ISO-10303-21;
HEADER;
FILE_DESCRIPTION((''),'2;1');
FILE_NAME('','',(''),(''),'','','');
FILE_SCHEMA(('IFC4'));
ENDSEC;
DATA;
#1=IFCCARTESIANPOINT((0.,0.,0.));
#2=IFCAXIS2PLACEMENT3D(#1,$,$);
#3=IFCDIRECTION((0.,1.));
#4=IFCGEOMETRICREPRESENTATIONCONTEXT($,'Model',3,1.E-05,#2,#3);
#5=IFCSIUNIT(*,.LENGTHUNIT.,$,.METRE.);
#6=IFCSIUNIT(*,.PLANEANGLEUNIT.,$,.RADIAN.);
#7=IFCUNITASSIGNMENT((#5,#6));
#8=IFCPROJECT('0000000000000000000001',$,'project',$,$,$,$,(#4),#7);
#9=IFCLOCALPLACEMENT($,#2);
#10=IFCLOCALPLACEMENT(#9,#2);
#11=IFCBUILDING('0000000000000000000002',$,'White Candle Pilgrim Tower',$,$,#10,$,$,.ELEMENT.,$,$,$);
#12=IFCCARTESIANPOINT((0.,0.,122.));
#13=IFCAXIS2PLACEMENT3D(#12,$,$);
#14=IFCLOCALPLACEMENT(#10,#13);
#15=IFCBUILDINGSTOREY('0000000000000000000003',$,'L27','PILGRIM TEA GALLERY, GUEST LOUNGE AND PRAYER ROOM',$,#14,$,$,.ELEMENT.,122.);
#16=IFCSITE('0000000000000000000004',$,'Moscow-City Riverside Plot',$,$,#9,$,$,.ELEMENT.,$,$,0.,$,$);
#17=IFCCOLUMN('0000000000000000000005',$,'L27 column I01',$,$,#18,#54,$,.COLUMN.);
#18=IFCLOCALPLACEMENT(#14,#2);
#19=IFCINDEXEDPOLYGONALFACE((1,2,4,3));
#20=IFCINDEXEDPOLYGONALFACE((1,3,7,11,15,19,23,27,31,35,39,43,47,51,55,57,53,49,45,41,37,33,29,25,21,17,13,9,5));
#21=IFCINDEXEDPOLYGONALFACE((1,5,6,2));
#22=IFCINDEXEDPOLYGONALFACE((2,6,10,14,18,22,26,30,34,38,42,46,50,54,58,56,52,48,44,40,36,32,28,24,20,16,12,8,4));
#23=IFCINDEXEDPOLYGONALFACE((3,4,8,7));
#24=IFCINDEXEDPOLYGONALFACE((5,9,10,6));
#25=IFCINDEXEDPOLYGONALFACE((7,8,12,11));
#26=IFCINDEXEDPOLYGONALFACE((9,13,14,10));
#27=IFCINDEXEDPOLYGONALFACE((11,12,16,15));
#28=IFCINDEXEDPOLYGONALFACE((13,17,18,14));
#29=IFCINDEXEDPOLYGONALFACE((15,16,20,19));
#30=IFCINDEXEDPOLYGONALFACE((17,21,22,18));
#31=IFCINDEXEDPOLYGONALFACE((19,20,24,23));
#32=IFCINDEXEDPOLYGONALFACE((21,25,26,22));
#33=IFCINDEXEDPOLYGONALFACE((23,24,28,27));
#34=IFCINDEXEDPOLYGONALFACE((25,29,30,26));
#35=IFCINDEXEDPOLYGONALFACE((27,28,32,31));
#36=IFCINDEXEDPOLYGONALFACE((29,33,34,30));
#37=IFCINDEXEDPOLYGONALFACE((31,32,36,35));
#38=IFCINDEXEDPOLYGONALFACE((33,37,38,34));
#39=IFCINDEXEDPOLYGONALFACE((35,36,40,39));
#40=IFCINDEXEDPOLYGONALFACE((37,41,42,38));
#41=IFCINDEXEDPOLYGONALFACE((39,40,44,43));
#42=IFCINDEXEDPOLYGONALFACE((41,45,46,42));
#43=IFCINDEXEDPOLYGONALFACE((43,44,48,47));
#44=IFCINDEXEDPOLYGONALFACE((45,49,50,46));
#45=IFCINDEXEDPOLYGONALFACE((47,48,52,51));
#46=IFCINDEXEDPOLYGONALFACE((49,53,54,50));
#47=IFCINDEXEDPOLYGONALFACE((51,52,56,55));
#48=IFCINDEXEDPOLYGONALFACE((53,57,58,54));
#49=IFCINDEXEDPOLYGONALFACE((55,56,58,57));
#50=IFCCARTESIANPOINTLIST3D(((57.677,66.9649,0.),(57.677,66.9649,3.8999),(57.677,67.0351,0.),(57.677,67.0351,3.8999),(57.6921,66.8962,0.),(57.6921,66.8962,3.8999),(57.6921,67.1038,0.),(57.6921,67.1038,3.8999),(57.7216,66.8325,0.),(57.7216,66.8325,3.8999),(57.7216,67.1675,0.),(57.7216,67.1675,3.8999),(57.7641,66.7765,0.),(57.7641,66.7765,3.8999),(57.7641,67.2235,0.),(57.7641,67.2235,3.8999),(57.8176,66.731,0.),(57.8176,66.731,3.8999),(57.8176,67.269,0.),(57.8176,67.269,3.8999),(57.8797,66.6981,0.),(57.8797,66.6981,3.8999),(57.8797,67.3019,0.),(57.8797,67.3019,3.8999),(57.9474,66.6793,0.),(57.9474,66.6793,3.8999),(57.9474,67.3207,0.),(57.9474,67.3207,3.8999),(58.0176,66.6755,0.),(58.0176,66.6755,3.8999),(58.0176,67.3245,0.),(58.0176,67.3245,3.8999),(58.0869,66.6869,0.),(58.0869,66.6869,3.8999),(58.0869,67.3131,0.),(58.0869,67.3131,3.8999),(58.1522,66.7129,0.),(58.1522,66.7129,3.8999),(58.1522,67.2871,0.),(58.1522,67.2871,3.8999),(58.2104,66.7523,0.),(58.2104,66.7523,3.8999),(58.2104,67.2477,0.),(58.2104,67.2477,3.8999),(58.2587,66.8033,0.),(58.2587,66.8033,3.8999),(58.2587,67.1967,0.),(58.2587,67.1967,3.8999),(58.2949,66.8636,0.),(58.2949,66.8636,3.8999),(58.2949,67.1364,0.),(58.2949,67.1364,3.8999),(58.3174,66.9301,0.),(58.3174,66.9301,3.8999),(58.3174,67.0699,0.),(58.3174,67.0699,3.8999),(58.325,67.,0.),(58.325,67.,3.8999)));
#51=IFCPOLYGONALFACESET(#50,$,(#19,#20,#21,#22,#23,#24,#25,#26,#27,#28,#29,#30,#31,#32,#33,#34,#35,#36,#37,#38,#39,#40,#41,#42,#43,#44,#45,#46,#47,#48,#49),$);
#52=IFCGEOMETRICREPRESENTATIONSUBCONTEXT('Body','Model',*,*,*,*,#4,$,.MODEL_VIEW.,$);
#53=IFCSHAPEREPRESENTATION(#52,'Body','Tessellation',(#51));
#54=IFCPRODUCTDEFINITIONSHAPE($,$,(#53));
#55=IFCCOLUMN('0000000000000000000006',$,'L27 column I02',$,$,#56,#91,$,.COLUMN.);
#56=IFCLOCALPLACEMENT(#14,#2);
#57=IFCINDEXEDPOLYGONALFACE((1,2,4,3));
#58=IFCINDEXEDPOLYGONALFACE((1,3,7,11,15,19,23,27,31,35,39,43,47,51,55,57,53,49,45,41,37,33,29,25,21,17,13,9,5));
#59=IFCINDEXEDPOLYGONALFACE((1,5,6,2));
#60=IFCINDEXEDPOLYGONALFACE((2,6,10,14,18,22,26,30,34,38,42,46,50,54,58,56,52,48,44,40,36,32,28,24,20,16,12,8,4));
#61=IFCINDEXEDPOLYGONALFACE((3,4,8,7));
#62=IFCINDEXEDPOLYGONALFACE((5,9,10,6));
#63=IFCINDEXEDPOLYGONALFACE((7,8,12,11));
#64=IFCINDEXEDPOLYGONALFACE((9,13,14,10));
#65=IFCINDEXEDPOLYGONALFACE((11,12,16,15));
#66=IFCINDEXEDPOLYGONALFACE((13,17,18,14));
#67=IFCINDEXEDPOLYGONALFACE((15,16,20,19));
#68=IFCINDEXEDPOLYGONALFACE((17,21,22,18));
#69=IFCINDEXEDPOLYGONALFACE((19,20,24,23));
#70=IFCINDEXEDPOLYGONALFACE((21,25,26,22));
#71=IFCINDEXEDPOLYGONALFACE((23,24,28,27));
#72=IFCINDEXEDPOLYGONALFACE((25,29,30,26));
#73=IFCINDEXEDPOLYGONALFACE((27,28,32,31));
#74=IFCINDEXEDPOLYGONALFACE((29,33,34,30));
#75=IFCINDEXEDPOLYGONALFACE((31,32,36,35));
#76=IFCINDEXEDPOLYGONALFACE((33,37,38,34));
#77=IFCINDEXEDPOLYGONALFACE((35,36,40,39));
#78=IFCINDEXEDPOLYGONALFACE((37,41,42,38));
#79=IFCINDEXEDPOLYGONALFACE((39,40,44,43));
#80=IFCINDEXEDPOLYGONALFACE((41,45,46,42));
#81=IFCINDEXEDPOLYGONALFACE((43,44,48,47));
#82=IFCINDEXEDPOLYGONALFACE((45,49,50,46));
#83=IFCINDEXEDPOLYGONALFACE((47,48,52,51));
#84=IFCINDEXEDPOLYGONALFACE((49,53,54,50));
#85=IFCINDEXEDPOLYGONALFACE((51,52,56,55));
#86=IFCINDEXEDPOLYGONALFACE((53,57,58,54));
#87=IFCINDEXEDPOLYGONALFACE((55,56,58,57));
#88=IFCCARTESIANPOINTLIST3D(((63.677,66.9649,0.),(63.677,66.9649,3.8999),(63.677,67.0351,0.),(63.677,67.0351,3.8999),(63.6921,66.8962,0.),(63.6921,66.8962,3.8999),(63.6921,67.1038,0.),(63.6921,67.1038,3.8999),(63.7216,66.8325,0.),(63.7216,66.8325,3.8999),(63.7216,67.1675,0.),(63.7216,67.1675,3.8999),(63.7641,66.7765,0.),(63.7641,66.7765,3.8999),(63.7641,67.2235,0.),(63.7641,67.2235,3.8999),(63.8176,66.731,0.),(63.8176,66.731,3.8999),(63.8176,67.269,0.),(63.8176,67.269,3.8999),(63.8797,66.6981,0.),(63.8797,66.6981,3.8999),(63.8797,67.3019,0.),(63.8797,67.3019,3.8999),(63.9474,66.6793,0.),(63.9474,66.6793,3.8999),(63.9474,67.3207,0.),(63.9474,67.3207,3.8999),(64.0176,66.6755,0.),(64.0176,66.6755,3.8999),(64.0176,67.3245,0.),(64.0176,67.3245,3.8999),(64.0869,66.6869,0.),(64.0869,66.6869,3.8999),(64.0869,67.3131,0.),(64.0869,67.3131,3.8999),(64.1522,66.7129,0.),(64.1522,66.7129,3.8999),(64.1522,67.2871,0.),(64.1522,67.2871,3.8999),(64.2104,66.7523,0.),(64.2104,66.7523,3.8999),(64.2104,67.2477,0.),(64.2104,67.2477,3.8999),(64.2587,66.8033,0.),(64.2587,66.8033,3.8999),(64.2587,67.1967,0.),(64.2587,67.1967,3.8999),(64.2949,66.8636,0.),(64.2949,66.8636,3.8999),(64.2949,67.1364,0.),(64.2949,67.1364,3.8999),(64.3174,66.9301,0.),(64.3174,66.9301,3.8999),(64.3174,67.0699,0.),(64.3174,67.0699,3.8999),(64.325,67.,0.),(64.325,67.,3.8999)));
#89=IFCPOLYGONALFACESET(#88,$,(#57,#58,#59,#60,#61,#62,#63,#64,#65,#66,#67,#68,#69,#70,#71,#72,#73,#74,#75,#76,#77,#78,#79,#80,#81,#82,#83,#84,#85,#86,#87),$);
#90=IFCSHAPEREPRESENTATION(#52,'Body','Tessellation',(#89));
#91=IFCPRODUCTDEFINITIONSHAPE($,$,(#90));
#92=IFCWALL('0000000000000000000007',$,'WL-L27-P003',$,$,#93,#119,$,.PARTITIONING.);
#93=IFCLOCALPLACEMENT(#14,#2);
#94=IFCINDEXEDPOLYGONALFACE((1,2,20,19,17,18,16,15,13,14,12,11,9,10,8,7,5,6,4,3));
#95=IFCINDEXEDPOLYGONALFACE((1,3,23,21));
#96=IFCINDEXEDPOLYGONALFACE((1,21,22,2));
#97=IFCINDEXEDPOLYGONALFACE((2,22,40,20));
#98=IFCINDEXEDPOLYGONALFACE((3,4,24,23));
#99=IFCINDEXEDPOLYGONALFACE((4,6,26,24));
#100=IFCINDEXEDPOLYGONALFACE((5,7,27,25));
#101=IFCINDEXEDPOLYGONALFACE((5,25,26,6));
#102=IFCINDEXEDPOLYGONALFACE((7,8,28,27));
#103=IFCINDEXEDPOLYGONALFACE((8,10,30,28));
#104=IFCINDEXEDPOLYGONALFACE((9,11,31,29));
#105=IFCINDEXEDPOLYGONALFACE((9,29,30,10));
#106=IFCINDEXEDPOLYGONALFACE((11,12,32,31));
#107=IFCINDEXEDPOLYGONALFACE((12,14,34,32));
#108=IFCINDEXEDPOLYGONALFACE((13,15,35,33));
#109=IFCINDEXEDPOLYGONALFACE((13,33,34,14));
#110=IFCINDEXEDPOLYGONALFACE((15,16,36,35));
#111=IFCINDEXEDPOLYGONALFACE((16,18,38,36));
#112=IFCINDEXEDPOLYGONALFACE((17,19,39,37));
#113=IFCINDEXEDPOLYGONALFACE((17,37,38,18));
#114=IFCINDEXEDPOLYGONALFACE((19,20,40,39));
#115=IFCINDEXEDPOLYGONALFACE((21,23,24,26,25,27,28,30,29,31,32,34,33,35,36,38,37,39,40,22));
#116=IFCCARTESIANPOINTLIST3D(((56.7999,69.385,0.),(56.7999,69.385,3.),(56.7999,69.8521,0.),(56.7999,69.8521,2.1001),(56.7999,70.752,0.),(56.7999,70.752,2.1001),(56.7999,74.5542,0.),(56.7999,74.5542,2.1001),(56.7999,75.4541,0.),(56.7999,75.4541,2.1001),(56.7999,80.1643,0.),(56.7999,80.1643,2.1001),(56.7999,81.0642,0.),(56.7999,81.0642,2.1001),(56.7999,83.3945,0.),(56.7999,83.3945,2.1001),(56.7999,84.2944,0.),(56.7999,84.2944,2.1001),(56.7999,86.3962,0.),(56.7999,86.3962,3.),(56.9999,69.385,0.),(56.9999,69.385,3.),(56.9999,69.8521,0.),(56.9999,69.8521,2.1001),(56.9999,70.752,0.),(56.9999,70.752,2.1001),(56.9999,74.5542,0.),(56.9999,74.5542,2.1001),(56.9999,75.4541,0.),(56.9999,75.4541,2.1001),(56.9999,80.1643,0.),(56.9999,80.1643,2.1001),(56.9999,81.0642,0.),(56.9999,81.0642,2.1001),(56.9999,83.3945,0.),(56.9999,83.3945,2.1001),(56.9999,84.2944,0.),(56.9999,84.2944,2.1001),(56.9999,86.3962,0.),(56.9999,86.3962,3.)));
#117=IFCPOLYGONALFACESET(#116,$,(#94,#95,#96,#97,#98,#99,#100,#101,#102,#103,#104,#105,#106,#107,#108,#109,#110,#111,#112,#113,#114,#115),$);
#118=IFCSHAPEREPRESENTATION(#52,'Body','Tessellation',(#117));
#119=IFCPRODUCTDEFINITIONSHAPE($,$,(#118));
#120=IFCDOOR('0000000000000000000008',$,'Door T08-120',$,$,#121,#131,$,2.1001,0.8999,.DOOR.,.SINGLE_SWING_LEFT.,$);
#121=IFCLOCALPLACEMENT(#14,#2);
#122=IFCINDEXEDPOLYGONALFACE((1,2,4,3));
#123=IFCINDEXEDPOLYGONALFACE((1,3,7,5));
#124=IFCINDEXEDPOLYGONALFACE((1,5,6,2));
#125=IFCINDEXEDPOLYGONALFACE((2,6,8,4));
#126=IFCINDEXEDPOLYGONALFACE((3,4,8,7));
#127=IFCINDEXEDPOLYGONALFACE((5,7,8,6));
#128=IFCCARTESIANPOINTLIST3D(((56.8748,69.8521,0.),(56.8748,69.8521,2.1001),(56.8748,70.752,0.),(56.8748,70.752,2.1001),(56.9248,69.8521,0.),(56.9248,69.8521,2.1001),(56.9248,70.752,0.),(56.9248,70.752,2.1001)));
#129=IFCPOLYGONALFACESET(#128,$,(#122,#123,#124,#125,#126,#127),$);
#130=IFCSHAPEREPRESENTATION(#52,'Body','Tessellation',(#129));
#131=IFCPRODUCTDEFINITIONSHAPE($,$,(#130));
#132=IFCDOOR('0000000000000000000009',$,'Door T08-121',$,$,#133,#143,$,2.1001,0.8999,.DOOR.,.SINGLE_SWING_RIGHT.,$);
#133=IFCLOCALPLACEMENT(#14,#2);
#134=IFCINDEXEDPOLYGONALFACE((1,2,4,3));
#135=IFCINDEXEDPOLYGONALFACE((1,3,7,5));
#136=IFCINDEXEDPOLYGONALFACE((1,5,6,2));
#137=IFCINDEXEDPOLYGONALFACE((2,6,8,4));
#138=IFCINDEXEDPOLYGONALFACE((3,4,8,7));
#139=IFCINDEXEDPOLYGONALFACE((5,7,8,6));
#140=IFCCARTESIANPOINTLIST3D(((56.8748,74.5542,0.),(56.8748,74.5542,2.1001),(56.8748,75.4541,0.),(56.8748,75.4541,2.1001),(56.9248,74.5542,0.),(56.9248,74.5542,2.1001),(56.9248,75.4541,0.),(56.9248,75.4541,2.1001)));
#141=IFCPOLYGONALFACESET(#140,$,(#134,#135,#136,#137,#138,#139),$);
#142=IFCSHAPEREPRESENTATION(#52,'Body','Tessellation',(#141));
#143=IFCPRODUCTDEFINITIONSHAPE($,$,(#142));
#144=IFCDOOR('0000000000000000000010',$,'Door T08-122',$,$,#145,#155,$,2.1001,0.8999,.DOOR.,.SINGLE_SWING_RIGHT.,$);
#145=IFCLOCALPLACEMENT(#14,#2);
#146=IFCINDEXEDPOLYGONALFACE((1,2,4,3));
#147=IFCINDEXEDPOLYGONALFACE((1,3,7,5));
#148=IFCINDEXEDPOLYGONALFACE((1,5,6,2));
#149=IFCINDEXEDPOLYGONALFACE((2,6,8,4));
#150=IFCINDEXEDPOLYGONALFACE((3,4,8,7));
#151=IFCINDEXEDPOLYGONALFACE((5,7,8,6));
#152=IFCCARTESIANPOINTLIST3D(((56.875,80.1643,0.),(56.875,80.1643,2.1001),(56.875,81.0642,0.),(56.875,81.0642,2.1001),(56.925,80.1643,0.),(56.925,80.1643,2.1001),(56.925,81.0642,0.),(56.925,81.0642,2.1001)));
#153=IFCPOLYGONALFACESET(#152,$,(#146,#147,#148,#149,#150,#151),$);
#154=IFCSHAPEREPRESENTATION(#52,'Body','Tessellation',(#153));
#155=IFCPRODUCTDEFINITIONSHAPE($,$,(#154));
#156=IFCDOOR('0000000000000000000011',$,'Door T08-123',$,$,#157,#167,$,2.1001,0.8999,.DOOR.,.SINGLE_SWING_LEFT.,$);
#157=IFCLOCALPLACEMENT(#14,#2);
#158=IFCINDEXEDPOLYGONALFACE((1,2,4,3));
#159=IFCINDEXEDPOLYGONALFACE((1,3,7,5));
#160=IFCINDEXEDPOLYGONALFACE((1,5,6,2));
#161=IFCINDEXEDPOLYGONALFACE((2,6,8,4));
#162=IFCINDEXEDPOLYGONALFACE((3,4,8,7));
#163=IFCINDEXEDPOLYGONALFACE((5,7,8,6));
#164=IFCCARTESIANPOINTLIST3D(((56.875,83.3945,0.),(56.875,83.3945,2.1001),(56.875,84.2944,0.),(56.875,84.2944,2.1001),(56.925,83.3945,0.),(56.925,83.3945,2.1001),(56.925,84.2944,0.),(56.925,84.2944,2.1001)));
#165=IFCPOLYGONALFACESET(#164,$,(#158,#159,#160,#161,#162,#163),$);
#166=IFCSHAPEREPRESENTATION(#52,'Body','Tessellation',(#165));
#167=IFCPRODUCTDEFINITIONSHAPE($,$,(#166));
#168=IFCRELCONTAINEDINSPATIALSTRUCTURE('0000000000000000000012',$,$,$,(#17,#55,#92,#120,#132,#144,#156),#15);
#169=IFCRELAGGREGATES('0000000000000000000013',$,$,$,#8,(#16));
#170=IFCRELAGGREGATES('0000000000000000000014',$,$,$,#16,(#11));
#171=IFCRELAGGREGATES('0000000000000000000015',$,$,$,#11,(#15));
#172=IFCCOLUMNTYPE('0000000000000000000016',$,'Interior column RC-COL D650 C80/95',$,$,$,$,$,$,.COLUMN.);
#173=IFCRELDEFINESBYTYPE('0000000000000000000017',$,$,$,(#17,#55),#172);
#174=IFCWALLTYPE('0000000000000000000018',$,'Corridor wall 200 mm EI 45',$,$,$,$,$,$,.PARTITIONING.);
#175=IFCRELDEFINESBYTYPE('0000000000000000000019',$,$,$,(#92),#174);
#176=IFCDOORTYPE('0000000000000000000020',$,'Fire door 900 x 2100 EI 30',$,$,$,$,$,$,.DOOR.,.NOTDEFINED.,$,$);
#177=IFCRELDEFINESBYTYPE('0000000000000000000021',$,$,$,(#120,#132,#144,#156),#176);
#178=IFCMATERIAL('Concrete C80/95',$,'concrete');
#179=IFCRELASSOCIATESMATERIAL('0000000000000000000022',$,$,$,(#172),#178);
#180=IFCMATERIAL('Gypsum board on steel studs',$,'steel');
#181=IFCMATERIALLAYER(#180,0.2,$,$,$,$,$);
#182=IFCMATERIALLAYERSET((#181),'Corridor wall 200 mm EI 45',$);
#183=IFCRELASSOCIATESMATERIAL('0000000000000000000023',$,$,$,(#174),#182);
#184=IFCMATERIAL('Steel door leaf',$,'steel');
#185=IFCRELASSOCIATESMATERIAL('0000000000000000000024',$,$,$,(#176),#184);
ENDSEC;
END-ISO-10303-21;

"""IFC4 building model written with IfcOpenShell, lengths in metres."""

from ifc_helpers import new_model, si_unit, direction, frame, frame_2d, origin, origin_2d, place, context, subcontext, project, spatial, rectangle, circle, extrude, material, layer, layer_set, material_profile, profile_set, type_object, element, fill, save


model = new_model("IFC4")

# Units and contexts
model_context = context("Model", 3, precision=1e-05, world=origin(), true_north=direction((0.0, 1.0)))
body_context = subcontext(model_context, "Body", "Model", "MODEL_VIEW")
ifc_project = project(units=[si_unit("LENGTHUNIT", "METRE"), si_unit("PLANEANGLEUNIT", "RADIAN")], contexts=[model_context])

# Site, building, storey
site_placement = place(None, origin())
site = spatial("IfcSite", under=ifc_project, at=site_placement, Name="Moscow-City Riverside Plot", CompositionType="ELEMENT", RefElevation=0.0)
building_placement = place(site_placement, origin())
building = spatial("IfcBuilding", under=site, at=building_placement, Name="White Candle Pilgrim Tower", CompositionType="ELEMENT")
storey_placement = place(building_placement, frame((0.0, 0.0, 122.0)))
storey = spatial("IfcBuildingStorey", under=building, at=storey_placement, Name="L27", Description="PILGRIM TEA GALLERY, GUEST LOUNGE AND PRAYER ROOM", CompositionType="ELEMENT", Elevation=122.0)

# Columns
ifc_material_1 = material(Name="Concrete C80/95", Category="concrete")
ifc_material_profile = material_profile(ifc_material_1, circle(Radius=0.325, at=origin_2d()), Name="RC-COL D650")
ifc_profile_set = profile_set([ifc_material_profile], Name="Concrete C80/95")
column_type = type_object("IfcColumnType", Name="Interior column RC-COL D650 C80/95", PredefinedType="COLUMN", material=ifc_profile_set)
for number, where, z_axis, x_axis, name in (
    (1, (58.0, 67.0, 0.0), (0.0, 0.0, 1.0), (1.0, 0.0, 0.0), "L27 column I01"),
    (2, (64.0, 67.0, 0.0), (0.0, 0.0, 1.0), (1.0, 0.0, 0.0), "L27 column I02"),
):
    element("IfcColumn", number, at=place(storey_placement, frame(where, z_axis=z_axis, x_axis=x_axis)), inside=storey, type_object=column_type, Name=name, PredefinedType="COLUMN", context=body_context, shape_type="SweptSolid", body=[
        extrude(circle(Radius=0.325, at=origin_2d()), origin(), (0.0, 0.0, 1.0), 3.8999),
    ])

# Wall, openings, doors
ifc_material_2 = material(Name="Gypsum board on steel studs", Category="steel")
ifc_layer_1 = layer(ifc_material_2, 0.2)
ifc_layer_set_1 = layer_set([ifc_layer_1], Name="Corridor wall 200 mm EI 45")
wall_type_1 = type_object("IfcWallType", Name="Corridor wall 200 mm EI 45", PredefinedType="PARTITIONING", material=ifc_layer_set_1)
wall_1_placement = place(storey_placement, frame((56.8999, 69.385, 0.0), z_axis=(0.0, 0.0, 1.0), x_axis=(0.0, 1.0, 0.0)))
wall_1 = element("IfcWall", 3, at=wall_1_placement, inside=storey, type_object=wall_type_1, Name="WL-L27-P003", PredefinedType="PARTITIONING", context=body_context, shape_type="SweptSolid", body=[
    extrude(rectangle(XDim=17.0112, YDim=0.2, at=frame_2d((8.5056, 0.0))), origin(), (0.0, 0.0, 1.0), 3.0),
])
opening_1_placement = place(wall_1_placement, frame((0.467, 0.0, 0.0)))
opening_1 = element("IfcOpeningElement", 4, at=opening_1_placement, cuts=wall_1, PredefinedType="OPENING", context=body_context, shape_type="SweptSolid", body=[
    extrude(rectangle(XDim=0.8999, YDim=2.1001, at=frame_2d((0.45, 1.05))), frame((0.0, 0.1099, 0.0), z_axis=(0.0, -1.0, 0.0), x_axis=(1.0, 0.0, 0.0)), (0.0, 0.0, 1.0), 0.22),
])
opening_2_placement = place(wall_1_placement, frame((5.1692, 0.0, 0.0)))
opening_2 = element("IfcOpeningElement", 5, at=opening_2_placement, cuts=wall_1, PredefinedType="OPENING", context=body_context, shape_type="SweptSolid", body=[
    extrude(rectangle(XDim=0.8999, YDim=2.1001, at=frame_2d((0.45, 1.05))), frame((0.0, 0.1099, 0.0), z_axis=(0.0, -1.0, 0.0), x_axis=(1.0, 0.0, 0.0)), (0.0, 0.0, 1.0), 0.22),
])
opening_3_placement = place(wall_1_placement, frame((10.7793, 0.0, 0.0)))
opening_3 = element("IfcOpeningElement", 6, at=opening_3_placement, cuts=wall_1, PredefinedType="OPENING", context=body_context, shape_type="SweptSolid", body=[
    extrude(rectangle(XDim=0.8999, YDim=2.1001, at=frame_2d((0.45, 1.05))), frame((0.0, 0.1099, 0.0), z_axis=(0.0, -1.0, 0.0), x_axis=(1.0, 0.0, 0.0)), (0.0, 0.0, 1.0), 0.22),
])
opening_4_placement = place(wall_1_placement, frame((14.0095, 0.0, 0.0)))
opening_4 = element("IfcOpeningElement", 7, at=opening_4_placement, cuts=wall_1, PredefinedType="OPENING", context=body_context, shape_type="SweptSolid", body=[
    extrude(rectangle(XDim=0.8999, YDim=2.1001, at=frame_2d((0.45, 1.05))), frame((0.0, 0.1099, 0.0), z_axis=(0.0, -1.0, 0.0), x_axis=(1.0, 0.0, 0.0)), (0.0, 0.0, 1.0), 0.22),
])
ifc_material_3 = material(Name="Steel door leaf", Category="steel")
door_type_1 = type_object("IfcDoorType", Name="Fire door 900 x 2100 EI 30", OperationType="NOTDEFINED", PredefinedType="DOOR", material=ifc_material_3)
door_1_placement = place(opening_1_placement, frame((0.8999, 0.0, 0.0), z_axis=(0.0, 0.0, 1.0), x_axis=(-1.0, 0.0, 0.0)))
door_1 = element("IfcDoor", 8, at=door_1_placement, inside=storey, type_object=door_type_1, Name="Door T08-120", OperationType="SINGLE_SWING_LEFT", OverallHeight=2.1001, OverallWidth=0.8999, PredefinedType="DOOR", context=body_context, shape_type="SweptSolid", body=[
    extrude(rectangle(XDim=0.8999, YDim=2.1001, at=frame_2d((0.45, 1.05))), frame((0.0, 0.0249, 0.0), z_axis=(0.0, -1.0, 0.0), x_axis=(1.0, 0.0, 0.0)), (0.0, 0.0, 1.0), 0.05),
])
fill(opening_1, door_1)
door_2_placement = place(opening_2_placement, frame((0.8999, 0.0, 0.0), z_axis=(0.0, 0.0, 1.0), x_axis=(-1.0, 0.0, 0.0)))
door_2 = element("IfcDoor", 9, at=door_2_placement, inside=storey, type_object=door_type_1, Name="Door T08-121", OperationType="SINGLE_SWING_RIGHT", OverallHeight=2.1001, OverallWidth=0.8999, PredefinedType="DOOR", context=body_context, shape_type="SweptSolid", body=[
    extrude(rectangle(XDim=0.8999, YDim=2.1001, at=frame_2d((0.45, 1.05))), frame((0.0, 0.0249, 0.0), z_axis=(0.0, -1.0, 0.0), x_axis=(1.0, 0.0, 0.0)), (0.0, 0.0, 1.0), 0.05),
])
fill(opening_2, door_2)
door_3_placement = place(opening_3_placement, origin())
door_3 = element("IfcDoor", 10, at=door_3_placement, inside=storey, type_object=door_type_1, Name="Door T08-122", OperationType="SINGLE_SWING_RIGHT", OverallHeight=2.1001, OverallWidth=0.8999, PredefinedType="DOOR", context=body_context, shape_type="SweptSolid", body=[
    extrude(rectangle(XDim=0.8999, YDim=2.1001, at=frame_2d((0.45, 1.05))), frame((0.0, 0.0249, 0.0), z_axis=(0.0, -1.0, 0.0), x_axis=(1.0, 0.0, 0.0)), (0.0, 0.0, 1.0), 0.05),
])
fill(opening_3, door_3)
door_4_placement = place(opening_4_placement, origin())
door_4 = element("IfcDoor", 11, at=door_4_placement, inside=storey, type_object=door_type_1, Name="Door T08-123", OperationType="SINGLE_SWING_LEFT", OverallHeight=2.1001, OverallWidth=0.8999, PredefinedType="DOOR", context=body_context, shape_type="SweptSolid", body=[
    extrude(rectangle(XDim=0.8999, YDim=2.1001, at=frame_2d((0.45, 1.05))), frame((0.0, 0.0249, 0.0), z_axis=(0.0, -1.0, 0.0), x_axis=(1.0, 0.0, 0.0)), (0.0, 0.0, 1.0), 0.05),
])
fill(opening_4, door_4)

save(model, "model.ifc")
